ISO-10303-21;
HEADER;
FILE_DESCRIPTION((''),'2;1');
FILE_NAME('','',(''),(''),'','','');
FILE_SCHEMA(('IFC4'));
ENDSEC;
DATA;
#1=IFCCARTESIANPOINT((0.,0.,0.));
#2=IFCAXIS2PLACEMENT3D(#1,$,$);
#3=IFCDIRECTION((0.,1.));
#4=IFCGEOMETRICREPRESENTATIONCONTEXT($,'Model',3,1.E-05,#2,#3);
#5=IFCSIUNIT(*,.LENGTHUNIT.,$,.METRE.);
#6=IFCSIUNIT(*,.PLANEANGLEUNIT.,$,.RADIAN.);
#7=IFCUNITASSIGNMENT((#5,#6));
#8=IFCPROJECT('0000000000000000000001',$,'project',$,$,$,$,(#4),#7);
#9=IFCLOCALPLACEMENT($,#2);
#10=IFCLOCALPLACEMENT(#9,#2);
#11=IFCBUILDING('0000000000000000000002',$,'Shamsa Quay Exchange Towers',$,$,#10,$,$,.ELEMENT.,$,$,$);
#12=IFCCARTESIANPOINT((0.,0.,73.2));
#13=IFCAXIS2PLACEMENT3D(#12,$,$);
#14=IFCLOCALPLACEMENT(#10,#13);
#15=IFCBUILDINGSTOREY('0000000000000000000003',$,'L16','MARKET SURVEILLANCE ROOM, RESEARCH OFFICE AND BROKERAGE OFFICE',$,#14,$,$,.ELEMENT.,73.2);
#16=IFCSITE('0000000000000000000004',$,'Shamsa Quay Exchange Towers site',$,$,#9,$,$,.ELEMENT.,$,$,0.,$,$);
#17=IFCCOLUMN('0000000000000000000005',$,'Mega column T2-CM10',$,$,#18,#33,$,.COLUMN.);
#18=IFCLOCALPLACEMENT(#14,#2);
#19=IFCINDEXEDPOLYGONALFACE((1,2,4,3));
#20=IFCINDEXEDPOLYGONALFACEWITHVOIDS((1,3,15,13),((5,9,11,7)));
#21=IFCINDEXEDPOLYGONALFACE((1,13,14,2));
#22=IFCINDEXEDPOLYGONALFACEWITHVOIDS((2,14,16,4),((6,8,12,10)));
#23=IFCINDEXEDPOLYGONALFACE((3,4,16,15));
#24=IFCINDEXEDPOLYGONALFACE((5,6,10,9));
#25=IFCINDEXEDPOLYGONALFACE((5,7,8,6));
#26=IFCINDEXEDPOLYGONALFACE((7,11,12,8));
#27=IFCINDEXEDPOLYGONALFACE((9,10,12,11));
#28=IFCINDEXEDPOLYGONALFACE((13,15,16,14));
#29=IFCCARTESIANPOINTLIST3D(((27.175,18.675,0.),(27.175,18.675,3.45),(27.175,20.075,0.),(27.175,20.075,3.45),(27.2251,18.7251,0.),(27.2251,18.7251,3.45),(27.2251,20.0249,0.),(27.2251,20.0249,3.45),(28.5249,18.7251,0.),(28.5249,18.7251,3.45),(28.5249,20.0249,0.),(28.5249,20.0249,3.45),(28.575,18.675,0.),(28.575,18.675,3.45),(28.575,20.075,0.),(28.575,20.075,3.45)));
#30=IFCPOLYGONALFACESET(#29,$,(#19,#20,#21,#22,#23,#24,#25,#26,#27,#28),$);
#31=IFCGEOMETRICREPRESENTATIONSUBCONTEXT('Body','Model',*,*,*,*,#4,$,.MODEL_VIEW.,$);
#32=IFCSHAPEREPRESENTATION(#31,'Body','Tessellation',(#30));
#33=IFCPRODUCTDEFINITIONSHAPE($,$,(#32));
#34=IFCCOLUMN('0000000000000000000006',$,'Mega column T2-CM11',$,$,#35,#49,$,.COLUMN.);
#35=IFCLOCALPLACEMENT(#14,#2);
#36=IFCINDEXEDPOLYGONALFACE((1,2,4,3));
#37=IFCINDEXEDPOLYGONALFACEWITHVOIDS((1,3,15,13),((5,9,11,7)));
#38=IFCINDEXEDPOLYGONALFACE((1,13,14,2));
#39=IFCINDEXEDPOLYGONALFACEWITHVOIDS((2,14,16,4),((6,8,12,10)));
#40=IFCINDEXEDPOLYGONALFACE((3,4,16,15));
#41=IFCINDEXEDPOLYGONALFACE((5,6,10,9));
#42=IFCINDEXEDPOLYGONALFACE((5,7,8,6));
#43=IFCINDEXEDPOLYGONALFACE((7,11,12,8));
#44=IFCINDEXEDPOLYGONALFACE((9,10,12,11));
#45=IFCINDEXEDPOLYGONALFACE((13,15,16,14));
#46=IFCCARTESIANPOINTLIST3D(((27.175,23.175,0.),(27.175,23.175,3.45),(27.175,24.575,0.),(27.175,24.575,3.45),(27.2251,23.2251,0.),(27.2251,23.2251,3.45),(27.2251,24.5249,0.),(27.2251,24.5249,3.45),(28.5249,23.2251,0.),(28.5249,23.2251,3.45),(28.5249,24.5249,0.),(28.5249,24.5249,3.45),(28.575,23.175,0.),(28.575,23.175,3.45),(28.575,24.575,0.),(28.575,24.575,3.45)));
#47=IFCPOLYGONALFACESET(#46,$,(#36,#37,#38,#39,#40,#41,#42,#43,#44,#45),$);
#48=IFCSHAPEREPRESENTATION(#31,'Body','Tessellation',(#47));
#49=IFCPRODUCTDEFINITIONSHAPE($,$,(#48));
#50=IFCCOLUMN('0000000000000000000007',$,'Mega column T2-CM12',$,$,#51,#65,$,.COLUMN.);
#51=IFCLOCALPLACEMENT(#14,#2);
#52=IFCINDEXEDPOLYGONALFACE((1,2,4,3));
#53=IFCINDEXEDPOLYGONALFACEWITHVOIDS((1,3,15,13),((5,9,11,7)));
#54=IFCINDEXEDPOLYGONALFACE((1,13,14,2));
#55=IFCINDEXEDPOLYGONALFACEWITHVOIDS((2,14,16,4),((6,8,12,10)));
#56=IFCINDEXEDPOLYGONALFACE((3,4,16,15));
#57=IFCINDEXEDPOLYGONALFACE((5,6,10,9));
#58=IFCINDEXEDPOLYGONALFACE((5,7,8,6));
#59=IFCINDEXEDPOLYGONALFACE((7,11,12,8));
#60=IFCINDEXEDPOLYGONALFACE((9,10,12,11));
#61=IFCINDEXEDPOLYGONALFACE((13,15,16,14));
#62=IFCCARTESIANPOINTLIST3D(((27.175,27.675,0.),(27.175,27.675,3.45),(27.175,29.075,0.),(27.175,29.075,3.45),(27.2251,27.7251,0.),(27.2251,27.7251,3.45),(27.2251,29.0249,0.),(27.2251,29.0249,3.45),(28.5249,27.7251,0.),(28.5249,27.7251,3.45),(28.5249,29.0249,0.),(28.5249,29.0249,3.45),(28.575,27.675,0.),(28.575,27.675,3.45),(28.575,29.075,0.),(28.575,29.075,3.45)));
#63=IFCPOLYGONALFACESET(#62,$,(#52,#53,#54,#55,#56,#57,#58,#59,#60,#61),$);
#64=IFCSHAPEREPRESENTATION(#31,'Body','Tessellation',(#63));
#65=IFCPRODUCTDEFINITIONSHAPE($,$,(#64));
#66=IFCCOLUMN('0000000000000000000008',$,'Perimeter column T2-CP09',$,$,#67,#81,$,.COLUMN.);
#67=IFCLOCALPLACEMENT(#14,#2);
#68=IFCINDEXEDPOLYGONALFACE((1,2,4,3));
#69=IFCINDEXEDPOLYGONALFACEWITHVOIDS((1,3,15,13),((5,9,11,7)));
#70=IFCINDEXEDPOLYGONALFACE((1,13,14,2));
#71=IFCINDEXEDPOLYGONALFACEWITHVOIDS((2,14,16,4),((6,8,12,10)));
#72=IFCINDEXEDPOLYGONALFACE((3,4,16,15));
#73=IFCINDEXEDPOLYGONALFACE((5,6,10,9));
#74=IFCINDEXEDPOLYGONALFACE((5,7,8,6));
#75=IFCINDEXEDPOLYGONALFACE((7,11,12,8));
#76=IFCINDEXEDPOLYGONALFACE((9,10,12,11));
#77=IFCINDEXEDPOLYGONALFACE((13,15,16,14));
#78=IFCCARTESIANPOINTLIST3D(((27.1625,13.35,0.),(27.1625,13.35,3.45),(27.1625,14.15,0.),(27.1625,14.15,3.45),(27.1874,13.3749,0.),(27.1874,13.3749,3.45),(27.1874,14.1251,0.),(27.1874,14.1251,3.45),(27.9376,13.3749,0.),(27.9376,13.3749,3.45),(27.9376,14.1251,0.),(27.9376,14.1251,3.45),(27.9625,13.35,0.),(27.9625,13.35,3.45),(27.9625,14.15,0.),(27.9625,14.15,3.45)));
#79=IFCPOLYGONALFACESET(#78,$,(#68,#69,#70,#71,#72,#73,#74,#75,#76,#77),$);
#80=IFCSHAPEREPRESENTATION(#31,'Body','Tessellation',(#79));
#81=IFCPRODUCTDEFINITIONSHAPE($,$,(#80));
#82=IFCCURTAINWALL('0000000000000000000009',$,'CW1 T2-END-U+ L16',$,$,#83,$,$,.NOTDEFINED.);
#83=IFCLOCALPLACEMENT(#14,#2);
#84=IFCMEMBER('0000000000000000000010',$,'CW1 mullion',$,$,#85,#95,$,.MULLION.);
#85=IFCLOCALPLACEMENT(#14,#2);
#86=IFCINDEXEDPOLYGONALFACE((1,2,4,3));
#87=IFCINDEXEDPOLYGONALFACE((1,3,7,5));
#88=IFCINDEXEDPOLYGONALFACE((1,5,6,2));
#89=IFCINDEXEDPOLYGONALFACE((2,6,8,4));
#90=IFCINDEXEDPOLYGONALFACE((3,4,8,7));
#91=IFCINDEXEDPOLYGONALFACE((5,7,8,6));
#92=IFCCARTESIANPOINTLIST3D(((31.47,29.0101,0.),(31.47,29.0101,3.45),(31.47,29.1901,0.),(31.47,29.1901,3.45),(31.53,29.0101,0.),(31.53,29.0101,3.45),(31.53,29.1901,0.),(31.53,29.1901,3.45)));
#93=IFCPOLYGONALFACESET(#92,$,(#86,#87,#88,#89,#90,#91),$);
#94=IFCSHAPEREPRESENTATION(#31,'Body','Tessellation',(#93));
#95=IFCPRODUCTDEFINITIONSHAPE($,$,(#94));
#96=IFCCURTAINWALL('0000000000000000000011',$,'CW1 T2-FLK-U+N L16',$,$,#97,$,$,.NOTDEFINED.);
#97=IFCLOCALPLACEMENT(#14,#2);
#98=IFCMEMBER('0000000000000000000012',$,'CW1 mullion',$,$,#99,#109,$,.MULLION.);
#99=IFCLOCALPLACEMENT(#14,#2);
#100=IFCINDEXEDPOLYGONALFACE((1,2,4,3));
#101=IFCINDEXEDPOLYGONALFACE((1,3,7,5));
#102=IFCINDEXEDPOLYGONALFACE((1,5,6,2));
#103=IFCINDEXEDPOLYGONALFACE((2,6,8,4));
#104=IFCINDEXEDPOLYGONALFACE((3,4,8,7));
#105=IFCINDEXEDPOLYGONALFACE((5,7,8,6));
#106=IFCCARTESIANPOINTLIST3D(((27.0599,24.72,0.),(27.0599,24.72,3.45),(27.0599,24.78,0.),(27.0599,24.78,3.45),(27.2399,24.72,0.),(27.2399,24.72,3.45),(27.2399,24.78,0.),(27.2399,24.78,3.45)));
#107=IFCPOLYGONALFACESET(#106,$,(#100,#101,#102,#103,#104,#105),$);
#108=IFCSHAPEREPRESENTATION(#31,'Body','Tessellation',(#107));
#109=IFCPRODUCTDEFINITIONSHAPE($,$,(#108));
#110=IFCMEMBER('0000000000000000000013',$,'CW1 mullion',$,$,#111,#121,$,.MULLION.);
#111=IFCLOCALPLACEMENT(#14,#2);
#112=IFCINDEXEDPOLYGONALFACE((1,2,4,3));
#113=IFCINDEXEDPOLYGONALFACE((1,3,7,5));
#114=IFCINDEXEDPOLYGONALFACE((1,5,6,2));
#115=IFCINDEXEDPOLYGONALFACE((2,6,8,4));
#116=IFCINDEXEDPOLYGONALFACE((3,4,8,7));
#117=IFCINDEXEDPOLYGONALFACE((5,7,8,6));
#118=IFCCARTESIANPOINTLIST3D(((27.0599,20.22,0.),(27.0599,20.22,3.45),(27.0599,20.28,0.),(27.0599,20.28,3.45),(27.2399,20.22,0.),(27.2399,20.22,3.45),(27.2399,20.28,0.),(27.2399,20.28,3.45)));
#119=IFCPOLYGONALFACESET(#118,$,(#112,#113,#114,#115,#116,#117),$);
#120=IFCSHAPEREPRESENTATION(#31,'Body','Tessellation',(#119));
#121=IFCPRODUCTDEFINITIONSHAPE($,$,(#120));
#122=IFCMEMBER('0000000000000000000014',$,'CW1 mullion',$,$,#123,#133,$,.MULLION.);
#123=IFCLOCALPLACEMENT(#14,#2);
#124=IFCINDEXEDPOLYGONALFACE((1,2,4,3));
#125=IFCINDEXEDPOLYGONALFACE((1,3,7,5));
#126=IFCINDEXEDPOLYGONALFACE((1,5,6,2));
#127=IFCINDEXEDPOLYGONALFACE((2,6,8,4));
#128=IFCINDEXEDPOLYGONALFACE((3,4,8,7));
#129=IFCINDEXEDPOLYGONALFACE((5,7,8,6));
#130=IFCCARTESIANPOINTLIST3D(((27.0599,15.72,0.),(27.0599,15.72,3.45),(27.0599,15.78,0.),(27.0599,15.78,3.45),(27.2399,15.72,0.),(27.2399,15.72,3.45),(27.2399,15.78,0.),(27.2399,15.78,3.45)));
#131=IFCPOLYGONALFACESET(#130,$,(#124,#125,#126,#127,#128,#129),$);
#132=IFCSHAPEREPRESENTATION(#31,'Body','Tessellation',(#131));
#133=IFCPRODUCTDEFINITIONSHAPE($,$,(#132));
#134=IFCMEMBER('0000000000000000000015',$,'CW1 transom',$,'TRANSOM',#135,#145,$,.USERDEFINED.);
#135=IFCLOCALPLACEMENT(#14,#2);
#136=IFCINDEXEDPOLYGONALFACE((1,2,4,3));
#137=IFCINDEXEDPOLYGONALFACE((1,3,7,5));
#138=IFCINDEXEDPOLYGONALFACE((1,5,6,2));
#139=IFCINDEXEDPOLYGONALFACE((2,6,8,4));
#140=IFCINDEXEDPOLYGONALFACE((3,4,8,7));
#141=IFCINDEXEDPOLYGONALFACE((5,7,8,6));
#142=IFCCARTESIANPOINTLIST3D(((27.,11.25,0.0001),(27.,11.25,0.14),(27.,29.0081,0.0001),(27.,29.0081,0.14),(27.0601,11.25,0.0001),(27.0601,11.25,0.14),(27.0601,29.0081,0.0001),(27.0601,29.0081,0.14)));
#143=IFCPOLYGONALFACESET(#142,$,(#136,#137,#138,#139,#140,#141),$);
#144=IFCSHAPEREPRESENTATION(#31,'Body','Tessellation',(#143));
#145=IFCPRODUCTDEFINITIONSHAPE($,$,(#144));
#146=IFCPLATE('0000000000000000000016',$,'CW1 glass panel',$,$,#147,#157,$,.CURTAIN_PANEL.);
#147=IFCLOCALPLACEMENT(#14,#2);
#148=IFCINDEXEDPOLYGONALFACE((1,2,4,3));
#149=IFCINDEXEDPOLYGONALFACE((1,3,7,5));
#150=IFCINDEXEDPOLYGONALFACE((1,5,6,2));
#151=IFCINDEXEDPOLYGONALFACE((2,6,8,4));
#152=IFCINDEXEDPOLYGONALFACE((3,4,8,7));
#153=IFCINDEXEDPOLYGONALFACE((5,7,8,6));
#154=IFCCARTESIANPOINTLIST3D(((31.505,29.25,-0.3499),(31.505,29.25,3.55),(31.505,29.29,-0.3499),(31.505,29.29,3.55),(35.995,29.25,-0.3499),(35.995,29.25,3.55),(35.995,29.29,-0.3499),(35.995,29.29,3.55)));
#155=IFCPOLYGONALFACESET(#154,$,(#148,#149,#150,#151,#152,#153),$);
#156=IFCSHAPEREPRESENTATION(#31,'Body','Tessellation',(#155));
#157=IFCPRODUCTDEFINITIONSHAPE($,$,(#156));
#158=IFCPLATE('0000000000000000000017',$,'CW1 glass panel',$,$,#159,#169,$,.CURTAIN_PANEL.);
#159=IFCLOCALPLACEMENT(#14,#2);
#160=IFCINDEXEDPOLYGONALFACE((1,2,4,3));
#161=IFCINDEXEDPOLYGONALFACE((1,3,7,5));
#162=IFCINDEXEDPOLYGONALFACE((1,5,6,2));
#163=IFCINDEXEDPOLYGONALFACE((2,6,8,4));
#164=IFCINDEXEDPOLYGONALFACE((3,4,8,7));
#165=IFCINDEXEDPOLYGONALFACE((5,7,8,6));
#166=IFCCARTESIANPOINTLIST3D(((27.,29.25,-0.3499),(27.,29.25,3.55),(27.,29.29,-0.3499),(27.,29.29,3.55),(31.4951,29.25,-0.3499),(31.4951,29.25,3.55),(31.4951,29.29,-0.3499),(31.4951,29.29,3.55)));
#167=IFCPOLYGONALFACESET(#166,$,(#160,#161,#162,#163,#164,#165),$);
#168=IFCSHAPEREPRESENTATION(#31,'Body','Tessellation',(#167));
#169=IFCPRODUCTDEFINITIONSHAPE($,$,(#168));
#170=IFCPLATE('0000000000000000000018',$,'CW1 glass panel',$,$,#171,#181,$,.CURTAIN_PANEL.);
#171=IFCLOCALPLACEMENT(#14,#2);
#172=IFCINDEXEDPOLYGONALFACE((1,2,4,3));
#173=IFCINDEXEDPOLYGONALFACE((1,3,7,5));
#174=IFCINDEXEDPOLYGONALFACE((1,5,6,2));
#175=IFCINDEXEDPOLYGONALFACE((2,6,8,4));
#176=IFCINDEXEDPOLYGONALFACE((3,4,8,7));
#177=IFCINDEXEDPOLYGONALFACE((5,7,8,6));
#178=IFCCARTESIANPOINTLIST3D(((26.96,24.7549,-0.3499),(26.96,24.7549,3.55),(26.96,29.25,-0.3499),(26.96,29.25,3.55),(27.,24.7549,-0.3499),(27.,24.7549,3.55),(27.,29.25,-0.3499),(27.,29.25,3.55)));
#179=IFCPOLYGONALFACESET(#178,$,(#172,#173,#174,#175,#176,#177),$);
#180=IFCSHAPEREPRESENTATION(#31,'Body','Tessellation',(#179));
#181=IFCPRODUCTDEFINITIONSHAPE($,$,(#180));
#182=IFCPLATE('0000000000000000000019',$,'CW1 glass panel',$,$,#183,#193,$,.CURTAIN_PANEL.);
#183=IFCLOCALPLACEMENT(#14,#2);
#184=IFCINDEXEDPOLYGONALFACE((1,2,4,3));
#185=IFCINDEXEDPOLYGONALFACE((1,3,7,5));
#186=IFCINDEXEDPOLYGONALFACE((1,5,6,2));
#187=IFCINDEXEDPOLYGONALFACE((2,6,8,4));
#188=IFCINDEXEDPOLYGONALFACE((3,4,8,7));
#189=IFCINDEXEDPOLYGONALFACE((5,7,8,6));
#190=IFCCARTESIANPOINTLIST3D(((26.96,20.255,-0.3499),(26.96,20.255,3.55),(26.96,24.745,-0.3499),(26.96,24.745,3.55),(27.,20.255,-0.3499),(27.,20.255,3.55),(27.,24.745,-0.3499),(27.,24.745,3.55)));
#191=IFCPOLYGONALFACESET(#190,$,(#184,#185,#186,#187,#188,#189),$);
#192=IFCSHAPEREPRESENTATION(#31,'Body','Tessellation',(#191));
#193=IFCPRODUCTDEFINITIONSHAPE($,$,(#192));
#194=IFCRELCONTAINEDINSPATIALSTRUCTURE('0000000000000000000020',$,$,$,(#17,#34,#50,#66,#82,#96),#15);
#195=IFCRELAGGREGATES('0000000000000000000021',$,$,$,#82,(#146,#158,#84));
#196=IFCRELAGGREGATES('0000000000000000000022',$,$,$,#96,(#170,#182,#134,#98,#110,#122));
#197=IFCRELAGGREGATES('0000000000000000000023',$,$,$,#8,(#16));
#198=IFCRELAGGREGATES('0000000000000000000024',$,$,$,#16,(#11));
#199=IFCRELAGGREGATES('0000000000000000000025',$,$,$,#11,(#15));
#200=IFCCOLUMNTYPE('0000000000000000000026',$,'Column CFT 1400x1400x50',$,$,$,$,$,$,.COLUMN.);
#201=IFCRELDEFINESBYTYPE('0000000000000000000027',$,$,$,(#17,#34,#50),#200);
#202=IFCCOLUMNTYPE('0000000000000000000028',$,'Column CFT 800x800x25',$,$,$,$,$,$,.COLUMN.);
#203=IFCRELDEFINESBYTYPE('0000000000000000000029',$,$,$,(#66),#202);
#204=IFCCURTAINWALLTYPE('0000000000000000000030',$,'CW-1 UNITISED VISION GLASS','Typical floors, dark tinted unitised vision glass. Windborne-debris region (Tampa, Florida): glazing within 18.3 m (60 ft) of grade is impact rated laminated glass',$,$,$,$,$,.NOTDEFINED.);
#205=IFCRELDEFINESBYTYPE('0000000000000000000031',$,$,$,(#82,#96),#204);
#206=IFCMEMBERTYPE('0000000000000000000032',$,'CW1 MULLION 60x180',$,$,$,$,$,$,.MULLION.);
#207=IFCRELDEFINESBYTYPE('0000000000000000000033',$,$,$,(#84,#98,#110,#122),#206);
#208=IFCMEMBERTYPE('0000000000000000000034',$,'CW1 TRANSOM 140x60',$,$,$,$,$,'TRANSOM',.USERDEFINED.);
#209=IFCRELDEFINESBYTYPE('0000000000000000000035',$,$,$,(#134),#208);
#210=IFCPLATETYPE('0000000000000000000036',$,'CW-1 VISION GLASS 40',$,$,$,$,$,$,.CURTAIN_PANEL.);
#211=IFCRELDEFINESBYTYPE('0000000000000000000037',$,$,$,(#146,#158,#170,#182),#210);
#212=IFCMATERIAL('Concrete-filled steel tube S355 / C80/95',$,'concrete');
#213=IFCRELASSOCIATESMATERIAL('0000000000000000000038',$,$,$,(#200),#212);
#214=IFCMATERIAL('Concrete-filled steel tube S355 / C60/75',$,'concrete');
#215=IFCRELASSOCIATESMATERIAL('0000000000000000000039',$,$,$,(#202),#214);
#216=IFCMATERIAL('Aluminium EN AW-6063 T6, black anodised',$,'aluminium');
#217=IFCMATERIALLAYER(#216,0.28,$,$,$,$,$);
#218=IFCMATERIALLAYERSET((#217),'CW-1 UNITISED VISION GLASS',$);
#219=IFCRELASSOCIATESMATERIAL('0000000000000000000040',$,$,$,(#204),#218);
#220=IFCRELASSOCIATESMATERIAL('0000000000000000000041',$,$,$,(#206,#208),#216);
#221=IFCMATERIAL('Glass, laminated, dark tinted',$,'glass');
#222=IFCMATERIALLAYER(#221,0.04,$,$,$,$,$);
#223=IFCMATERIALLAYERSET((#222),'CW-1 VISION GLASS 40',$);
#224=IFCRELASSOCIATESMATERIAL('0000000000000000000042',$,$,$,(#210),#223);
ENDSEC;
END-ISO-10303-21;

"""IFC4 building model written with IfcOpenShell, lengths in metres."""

from ifc_helpers import new_model, si_unit, direction, frame, origin, origin_2d, place, context, subcontext, project, spatial, rectangle, hollow_rectangle, extrude, material, layer, layer_set, material_profile, profile_set, type_object, element, aggregate, save


model = new_model("IFC4")

# Units and contexts
model_context = context("Model", 3, precision=1e-05, world=origin(), true_north=direction((0.0, 1.0)))
body_context = subcontext(model_context, "Body", "Model", "MODEL_VIEW")
ifc_project = project(units=[si_unit("LENGTHUNIT", "METRE"), si_unit("PLANEANGLEUNIT", "RADIAN")], contexts=[model_context])

# Site, building, storey
site_placement = place(None, origin())
site = spatial("IfcSite", under=ifc_project, at=site_placement, Name="Shamsa Quay Exchange Towers site", CompositionType="ELEMENT", RefElevation=0.0)
building_placement = place(site_placement, origin())
building = spatial("IfcBuilding", under=site, at=building_placement, Name="Shamsa Quay Exchange Towers", CompositionType="ELEMENT")
storey_placement = place(building_placement, frame((0.0, 0.0, 73.2)))
storey = spatial("IfcBuildingStorey", under=building, at=storey_placement, Name="L16", Description="MARKET SURVEILLANCE ROOM, RESEARCH OFFICE AND BROKERAGE OFFICE", CompositionType="ELEMENT", Elevation=73.2)

# Columns
ifc_material_1 = material(Name="Concrete-filled steel tube S355 / C80/95", Category="concrete")
ifc_material_profile_1 = material_profile(ifc_material_1, hollow_rectangle(XDim=1.3999, YDim=1.3999, WallThickness=0.05, at=origin_2d()), Name="CFT 1400x1400x50")
ifc_profile_set_1 = profile_set([ifc_material_profile_1], Name="Concrete-filled steel tube S355 / C80/95")
column_type_1 = type_object("IfcColumnType", Name="Column CFT 1400x1400x50", PredefinedType="COLUMN", material=ifc_profile_set_1)
for number, where, name in (
    (1, (27.875, 19.375, 0.0), "Mega column T2-CM10"),
    (2, (27.875, 23.875, 0.0), "Mega column T2-CM11"),
    (3, (27.875, 28.375, 0.0), "Mega column T2-CM12"),
):
    element("IfcColumn", number, at=place(storey_placement, frame(where)), inside=storey, type_object=column_type_1, Name=name, PredefinedType="COLUMN", context=body_context, shape_type="SweptSolid", body=[
        extrude(hollow_rectangle(XDim=1.3999, YDim=1.3999, WallThickness=0.05, at=origin_2d()), origin(), (0.0, 0.0, 1.0), 3.45),
    ])
ifc_material_2 = material(Name="Concrete-filled steel tube S355 / C60/75", Category="concrete")
ifc_material_profile_2 = material_profile(ifc_material_2, hollow_rectangle(XDim=0.8, YDim=0.8, WallThickness=0.0249, at=origin_2d()), Name="CFT 800x800x25")
ifc_profile_set_2 = profile_set([ifc_material_profile_2], Name="Concrete-filled steel tube S355 / C60/75")
column_type_2 = type_object("IfcColumnType", Name="Column CFT 800x800x25", PredefinedType="COLUMN", material=ifc_profile_set_2)
column_placement = place(storey_placement, frame((27.5625, 13.75, 0.0)))
element("IfcColumn", 4, at=column_placement, inside=storey, type_object=column_type_2, Name="Perimeter column T2-CP09", PredefinedType="COLUMN", context=body_context, shape_type="SweptSolid", body=[
    extrude(hollow_rectangle(XDim=0.8, YDim=0.8, WallThickness=0.0249, at=origin_2d()), origin(), (0.0, 0.0, 1.0), 3.45),
])

# Curtain wall, member
ifc_material_3 = material(Name="Aluminium EN AW-6063 T6, black anodised", Category="aluminium")
ifc_layer_1 = layer(ifc_material_3, 0.28)
ifc_layer_set_1 = layer_set([ifc_layer_1], Name="CW-1 UNITISED VISION GLASS")
curtain_wall_type_1 = type_object("IfcCurtainWallType", Name="CW-1 UNITISED VISION GLASS", Description="Typical floors, dark tinted unitised vision glass. Windborne-debris region (Tampa, Florida): glazing within 18.3 m (60 ft) of grade is impact rated laminated glass", PredefinedType="NOTDEFINED", material=ifc_layer_set_1)
curtain_wall_1_placement = place(storey_placement, origin())
curtain_wall_1 = element("IfcCurtainWall", 5, at=curtain_wall_1_placement, inside=storey, type_object=curtain_wall_type_1, Name="CW1 T2-END-U+ L16", PredefinedType="NOTDEFINED")
ifc_material_profile_3 = material_profile(ifc_material_3, rectangle(XDim=0.1799, YDim=0.0601, at=origin_2d()), Name="MU60x180")
ifc_profile_set_3 = profile_set([ifc_material_profile_3], Name="Aluminium EN AW-6063 T6, black anodised")
member_type_1 = type_object("IfcMemberType", Name="CW1 MULLION 60x180", PredefinedType="MULLION", material=ifc_profile_set_3)
member_1_placement = place(storey_placement, frame((31.5, 29.1001, 0.0), z_axis=(0.0, 0.0, 1.0), x_axis=(0.0, -1.0, 0.0)))
member_1 = element("IfcMember", 6, at=member_1_placement, type_object=member_type_1, Name="CW1 mullion", PredefinedType="MULLION", context=body_context, shape_type="SweptSolid", body=[
    extrude(rectangle(XDim=0.1799, YDim=0.0601, at=origin_2d()), origin(), (0.0, 0.0, 1.0), 3.45),
])

# Curtain wall, members
curtain_wall_2_placement = place(storey_placement, origin())
curtain_wall_2 = element("IfcCurtainWall", 7, at=curtain_wall_2_placement, inside=storey, type_object=curtain_wall_type_1, Name="CW1 T2-FLK-U+N L16", PredefinedType="NOTDEFINED")
member_2_placement = place(storey_placement, frame((27.1499, 24.75, 0.0)))
member_2 = element("IfcMember", 8, at=member_2_placement, type_object=member_type_1, Name="CW1 mullion", PredefinedType="MULLION", context=body_context, shape_type="SweptSolid", body=[
    extrude(rectangle(XDim=0.1799, YDim=0.0601, at=origin_2d()), origin(), (0.0, 0.0, 1.0), 3.45),
])
member_3_placement = place(storey_placement, frame((27.1499, 20.25, 0.0)))
member_3 = element("IfcMember", 9, at=member_3_placement, type_object=member_type_1, Name="CW1 mullion", PredefinedType="MULLION", context=body_context, shape_type="SweptSolid", body=[
    extrude(rectangle(XDim=0.1799, YDim=0.0601, at=origin_2d()), origin(), (0.0, 0.0, 1.0), 3.45),
])
member_4_placement = place(storey_placement, frame((27.1499, 15.75, 0.0)))
member_4 = element("IfcMember", 10, at=member_4_placement, type_object=member_type_1, Name="CW1 mullion", PredefinedType="MULLION", context=body_context, shape_type="SweptSolid", body=[
    extrude(rectangle(XDim=0.1799, YDim=0.0601, at=origin_2d()), origin(), (0.0, 0.0, 1.0), 3.45),
])
ifc_material_profile_4 = material_profile(ifc_material_3, rectangle(XDim=0.0601, YDim=0.1399, at=origin_2d()), Name="TR140x60")
ifc_profile_set_4 = profile_set([ifc_material_profile_4], Name="Aluminium EN AW-6063 T6, black anodised")
member_type_2 = type_object("IfcMemberType", Name="CW1 TRANSOM 140x60", ElementType="TRANSOM", PredefinedType="USERDEFINED", material=ifc_profile_set_4)
member_5_placement = place(storey_placement, frame((27.03, 29.0081, 0.0701), z_axis=(0.0, -1.0, 0.0), x_axis=(1.0, 0.0, 0.0)))
member_5 = element("IfcMember", 11, at=member_5_placement, type_object=member_type_2, Name="CW1 transom", ObjectType="TRANSOM", PredefinedType="USERDEFINED", context=body_context, shape_type="SweptSolid", body=[
    extrude(rectangle(XDim=0.0601, YDim=0.1399, at=origin_2d()), origin(), (0.0, 0.0, 1.0), 17.7581),
])

# Plates
ifc_material_4 = material(Name="Glass, laminated, dark tinted", Category="glass")
ifc_layer_2 = layer(ifc_material_4, 0.04)
ifc_layer_set_2 = layer_set([ifc_layer_2], Name="CW-1 VISION GLASS 40")
plate_type_1 = type_object("IfcPlateType", Name="CW-1 VISION GLASS 40", PredefinedType="CURTAIN_PANEL", material=ifc_layer_set_2)
plate_1_placement = place(storey_placement, frame((33.75, 29.27, -0.3499), z_axis=(0.0, 0.0, 1.0), x_axis=(-1.0, 0.0, 0.0)))
plate_1 = element("IfcPlate", 12, at=plate_1_placement, type_object=plate_type_1, Name="CW1 glass panel", PredefinedType="CURTAIN_PANEL", context=body_context, shape_type="SweptSolid", body=[
    extrude(rectangle(XDim=4.49, YDim=0.04, at=origin_2d()), origin(), (0.0, 0.0, 1.0), 3.8999),
])
plate_2_placement = place(storey_placement, frame((29.2476, 29.27, -0.3499), z_axis=(0.0, 0.0, 1.0), x_axis=(-1.0, 0.0, 0.0)))
plate_2 = element("IfcPlate", 13, at=plate_2_placement, type_object=plate_type_1, Name="CW1 glass panel", PredefinedType="CURTAIN_PANEL", context=body_context, shape_type="SweptSolid", body=[
    extrude(rectangle(XDim=4.4951, YDim=0.04, at=origin_2d()), origin(), (0.0, 0.0, 1.0), 3.8999),
])
aggregate(curtain_wall_1, [plate_1, plate_2, member_1])
plate_3_placement = place(storey_placement, frame((26.98, 27.0024, -0.3499), z_axis=(0.0, 0.0, 1.0), x_axis=(0.0, -1.0, 0.0)))
plate_3 = element("IfcPlate", 14, at=plate_3_placement, type_object=plate_type_1, Name="CW1 glass panel", PredefinedType="CURTAIN_PANEL", context=body_context, shape_type="SweptSolid", body=[
    extrude(rectangle(XDim=4.4951, YDim=0.04, at=origin_2d()), origin(), (0.0, 0.0, 1.0), 3.8999),
])
plate_4_placement = place(storey_placement, frame((26.98, 22.5, -0.3499), z_axis=(0.0, 0.0, 1.0), x_axis=(0.0, -1.0, 0.0)))
plate_4 = element("IfcPlate", 15, at=plate_4_placement, type_object=plate_type_1, Name="CW1 glass panel", PredefinedType="CURTAIN_PANEL", context=body_context, shape_type="SweptSolid", body=[
    extrude(rectangle(XDim=4.49, YDim=0.04, at=origin_2d()), origin(), (0.0, 0.0, 1.0), 3.8999),
])
aggregate(curtain_wall_2, [plate_3, plate_4, member_5, member_2, member_3, member_4])

save(model, "model.ifc")
